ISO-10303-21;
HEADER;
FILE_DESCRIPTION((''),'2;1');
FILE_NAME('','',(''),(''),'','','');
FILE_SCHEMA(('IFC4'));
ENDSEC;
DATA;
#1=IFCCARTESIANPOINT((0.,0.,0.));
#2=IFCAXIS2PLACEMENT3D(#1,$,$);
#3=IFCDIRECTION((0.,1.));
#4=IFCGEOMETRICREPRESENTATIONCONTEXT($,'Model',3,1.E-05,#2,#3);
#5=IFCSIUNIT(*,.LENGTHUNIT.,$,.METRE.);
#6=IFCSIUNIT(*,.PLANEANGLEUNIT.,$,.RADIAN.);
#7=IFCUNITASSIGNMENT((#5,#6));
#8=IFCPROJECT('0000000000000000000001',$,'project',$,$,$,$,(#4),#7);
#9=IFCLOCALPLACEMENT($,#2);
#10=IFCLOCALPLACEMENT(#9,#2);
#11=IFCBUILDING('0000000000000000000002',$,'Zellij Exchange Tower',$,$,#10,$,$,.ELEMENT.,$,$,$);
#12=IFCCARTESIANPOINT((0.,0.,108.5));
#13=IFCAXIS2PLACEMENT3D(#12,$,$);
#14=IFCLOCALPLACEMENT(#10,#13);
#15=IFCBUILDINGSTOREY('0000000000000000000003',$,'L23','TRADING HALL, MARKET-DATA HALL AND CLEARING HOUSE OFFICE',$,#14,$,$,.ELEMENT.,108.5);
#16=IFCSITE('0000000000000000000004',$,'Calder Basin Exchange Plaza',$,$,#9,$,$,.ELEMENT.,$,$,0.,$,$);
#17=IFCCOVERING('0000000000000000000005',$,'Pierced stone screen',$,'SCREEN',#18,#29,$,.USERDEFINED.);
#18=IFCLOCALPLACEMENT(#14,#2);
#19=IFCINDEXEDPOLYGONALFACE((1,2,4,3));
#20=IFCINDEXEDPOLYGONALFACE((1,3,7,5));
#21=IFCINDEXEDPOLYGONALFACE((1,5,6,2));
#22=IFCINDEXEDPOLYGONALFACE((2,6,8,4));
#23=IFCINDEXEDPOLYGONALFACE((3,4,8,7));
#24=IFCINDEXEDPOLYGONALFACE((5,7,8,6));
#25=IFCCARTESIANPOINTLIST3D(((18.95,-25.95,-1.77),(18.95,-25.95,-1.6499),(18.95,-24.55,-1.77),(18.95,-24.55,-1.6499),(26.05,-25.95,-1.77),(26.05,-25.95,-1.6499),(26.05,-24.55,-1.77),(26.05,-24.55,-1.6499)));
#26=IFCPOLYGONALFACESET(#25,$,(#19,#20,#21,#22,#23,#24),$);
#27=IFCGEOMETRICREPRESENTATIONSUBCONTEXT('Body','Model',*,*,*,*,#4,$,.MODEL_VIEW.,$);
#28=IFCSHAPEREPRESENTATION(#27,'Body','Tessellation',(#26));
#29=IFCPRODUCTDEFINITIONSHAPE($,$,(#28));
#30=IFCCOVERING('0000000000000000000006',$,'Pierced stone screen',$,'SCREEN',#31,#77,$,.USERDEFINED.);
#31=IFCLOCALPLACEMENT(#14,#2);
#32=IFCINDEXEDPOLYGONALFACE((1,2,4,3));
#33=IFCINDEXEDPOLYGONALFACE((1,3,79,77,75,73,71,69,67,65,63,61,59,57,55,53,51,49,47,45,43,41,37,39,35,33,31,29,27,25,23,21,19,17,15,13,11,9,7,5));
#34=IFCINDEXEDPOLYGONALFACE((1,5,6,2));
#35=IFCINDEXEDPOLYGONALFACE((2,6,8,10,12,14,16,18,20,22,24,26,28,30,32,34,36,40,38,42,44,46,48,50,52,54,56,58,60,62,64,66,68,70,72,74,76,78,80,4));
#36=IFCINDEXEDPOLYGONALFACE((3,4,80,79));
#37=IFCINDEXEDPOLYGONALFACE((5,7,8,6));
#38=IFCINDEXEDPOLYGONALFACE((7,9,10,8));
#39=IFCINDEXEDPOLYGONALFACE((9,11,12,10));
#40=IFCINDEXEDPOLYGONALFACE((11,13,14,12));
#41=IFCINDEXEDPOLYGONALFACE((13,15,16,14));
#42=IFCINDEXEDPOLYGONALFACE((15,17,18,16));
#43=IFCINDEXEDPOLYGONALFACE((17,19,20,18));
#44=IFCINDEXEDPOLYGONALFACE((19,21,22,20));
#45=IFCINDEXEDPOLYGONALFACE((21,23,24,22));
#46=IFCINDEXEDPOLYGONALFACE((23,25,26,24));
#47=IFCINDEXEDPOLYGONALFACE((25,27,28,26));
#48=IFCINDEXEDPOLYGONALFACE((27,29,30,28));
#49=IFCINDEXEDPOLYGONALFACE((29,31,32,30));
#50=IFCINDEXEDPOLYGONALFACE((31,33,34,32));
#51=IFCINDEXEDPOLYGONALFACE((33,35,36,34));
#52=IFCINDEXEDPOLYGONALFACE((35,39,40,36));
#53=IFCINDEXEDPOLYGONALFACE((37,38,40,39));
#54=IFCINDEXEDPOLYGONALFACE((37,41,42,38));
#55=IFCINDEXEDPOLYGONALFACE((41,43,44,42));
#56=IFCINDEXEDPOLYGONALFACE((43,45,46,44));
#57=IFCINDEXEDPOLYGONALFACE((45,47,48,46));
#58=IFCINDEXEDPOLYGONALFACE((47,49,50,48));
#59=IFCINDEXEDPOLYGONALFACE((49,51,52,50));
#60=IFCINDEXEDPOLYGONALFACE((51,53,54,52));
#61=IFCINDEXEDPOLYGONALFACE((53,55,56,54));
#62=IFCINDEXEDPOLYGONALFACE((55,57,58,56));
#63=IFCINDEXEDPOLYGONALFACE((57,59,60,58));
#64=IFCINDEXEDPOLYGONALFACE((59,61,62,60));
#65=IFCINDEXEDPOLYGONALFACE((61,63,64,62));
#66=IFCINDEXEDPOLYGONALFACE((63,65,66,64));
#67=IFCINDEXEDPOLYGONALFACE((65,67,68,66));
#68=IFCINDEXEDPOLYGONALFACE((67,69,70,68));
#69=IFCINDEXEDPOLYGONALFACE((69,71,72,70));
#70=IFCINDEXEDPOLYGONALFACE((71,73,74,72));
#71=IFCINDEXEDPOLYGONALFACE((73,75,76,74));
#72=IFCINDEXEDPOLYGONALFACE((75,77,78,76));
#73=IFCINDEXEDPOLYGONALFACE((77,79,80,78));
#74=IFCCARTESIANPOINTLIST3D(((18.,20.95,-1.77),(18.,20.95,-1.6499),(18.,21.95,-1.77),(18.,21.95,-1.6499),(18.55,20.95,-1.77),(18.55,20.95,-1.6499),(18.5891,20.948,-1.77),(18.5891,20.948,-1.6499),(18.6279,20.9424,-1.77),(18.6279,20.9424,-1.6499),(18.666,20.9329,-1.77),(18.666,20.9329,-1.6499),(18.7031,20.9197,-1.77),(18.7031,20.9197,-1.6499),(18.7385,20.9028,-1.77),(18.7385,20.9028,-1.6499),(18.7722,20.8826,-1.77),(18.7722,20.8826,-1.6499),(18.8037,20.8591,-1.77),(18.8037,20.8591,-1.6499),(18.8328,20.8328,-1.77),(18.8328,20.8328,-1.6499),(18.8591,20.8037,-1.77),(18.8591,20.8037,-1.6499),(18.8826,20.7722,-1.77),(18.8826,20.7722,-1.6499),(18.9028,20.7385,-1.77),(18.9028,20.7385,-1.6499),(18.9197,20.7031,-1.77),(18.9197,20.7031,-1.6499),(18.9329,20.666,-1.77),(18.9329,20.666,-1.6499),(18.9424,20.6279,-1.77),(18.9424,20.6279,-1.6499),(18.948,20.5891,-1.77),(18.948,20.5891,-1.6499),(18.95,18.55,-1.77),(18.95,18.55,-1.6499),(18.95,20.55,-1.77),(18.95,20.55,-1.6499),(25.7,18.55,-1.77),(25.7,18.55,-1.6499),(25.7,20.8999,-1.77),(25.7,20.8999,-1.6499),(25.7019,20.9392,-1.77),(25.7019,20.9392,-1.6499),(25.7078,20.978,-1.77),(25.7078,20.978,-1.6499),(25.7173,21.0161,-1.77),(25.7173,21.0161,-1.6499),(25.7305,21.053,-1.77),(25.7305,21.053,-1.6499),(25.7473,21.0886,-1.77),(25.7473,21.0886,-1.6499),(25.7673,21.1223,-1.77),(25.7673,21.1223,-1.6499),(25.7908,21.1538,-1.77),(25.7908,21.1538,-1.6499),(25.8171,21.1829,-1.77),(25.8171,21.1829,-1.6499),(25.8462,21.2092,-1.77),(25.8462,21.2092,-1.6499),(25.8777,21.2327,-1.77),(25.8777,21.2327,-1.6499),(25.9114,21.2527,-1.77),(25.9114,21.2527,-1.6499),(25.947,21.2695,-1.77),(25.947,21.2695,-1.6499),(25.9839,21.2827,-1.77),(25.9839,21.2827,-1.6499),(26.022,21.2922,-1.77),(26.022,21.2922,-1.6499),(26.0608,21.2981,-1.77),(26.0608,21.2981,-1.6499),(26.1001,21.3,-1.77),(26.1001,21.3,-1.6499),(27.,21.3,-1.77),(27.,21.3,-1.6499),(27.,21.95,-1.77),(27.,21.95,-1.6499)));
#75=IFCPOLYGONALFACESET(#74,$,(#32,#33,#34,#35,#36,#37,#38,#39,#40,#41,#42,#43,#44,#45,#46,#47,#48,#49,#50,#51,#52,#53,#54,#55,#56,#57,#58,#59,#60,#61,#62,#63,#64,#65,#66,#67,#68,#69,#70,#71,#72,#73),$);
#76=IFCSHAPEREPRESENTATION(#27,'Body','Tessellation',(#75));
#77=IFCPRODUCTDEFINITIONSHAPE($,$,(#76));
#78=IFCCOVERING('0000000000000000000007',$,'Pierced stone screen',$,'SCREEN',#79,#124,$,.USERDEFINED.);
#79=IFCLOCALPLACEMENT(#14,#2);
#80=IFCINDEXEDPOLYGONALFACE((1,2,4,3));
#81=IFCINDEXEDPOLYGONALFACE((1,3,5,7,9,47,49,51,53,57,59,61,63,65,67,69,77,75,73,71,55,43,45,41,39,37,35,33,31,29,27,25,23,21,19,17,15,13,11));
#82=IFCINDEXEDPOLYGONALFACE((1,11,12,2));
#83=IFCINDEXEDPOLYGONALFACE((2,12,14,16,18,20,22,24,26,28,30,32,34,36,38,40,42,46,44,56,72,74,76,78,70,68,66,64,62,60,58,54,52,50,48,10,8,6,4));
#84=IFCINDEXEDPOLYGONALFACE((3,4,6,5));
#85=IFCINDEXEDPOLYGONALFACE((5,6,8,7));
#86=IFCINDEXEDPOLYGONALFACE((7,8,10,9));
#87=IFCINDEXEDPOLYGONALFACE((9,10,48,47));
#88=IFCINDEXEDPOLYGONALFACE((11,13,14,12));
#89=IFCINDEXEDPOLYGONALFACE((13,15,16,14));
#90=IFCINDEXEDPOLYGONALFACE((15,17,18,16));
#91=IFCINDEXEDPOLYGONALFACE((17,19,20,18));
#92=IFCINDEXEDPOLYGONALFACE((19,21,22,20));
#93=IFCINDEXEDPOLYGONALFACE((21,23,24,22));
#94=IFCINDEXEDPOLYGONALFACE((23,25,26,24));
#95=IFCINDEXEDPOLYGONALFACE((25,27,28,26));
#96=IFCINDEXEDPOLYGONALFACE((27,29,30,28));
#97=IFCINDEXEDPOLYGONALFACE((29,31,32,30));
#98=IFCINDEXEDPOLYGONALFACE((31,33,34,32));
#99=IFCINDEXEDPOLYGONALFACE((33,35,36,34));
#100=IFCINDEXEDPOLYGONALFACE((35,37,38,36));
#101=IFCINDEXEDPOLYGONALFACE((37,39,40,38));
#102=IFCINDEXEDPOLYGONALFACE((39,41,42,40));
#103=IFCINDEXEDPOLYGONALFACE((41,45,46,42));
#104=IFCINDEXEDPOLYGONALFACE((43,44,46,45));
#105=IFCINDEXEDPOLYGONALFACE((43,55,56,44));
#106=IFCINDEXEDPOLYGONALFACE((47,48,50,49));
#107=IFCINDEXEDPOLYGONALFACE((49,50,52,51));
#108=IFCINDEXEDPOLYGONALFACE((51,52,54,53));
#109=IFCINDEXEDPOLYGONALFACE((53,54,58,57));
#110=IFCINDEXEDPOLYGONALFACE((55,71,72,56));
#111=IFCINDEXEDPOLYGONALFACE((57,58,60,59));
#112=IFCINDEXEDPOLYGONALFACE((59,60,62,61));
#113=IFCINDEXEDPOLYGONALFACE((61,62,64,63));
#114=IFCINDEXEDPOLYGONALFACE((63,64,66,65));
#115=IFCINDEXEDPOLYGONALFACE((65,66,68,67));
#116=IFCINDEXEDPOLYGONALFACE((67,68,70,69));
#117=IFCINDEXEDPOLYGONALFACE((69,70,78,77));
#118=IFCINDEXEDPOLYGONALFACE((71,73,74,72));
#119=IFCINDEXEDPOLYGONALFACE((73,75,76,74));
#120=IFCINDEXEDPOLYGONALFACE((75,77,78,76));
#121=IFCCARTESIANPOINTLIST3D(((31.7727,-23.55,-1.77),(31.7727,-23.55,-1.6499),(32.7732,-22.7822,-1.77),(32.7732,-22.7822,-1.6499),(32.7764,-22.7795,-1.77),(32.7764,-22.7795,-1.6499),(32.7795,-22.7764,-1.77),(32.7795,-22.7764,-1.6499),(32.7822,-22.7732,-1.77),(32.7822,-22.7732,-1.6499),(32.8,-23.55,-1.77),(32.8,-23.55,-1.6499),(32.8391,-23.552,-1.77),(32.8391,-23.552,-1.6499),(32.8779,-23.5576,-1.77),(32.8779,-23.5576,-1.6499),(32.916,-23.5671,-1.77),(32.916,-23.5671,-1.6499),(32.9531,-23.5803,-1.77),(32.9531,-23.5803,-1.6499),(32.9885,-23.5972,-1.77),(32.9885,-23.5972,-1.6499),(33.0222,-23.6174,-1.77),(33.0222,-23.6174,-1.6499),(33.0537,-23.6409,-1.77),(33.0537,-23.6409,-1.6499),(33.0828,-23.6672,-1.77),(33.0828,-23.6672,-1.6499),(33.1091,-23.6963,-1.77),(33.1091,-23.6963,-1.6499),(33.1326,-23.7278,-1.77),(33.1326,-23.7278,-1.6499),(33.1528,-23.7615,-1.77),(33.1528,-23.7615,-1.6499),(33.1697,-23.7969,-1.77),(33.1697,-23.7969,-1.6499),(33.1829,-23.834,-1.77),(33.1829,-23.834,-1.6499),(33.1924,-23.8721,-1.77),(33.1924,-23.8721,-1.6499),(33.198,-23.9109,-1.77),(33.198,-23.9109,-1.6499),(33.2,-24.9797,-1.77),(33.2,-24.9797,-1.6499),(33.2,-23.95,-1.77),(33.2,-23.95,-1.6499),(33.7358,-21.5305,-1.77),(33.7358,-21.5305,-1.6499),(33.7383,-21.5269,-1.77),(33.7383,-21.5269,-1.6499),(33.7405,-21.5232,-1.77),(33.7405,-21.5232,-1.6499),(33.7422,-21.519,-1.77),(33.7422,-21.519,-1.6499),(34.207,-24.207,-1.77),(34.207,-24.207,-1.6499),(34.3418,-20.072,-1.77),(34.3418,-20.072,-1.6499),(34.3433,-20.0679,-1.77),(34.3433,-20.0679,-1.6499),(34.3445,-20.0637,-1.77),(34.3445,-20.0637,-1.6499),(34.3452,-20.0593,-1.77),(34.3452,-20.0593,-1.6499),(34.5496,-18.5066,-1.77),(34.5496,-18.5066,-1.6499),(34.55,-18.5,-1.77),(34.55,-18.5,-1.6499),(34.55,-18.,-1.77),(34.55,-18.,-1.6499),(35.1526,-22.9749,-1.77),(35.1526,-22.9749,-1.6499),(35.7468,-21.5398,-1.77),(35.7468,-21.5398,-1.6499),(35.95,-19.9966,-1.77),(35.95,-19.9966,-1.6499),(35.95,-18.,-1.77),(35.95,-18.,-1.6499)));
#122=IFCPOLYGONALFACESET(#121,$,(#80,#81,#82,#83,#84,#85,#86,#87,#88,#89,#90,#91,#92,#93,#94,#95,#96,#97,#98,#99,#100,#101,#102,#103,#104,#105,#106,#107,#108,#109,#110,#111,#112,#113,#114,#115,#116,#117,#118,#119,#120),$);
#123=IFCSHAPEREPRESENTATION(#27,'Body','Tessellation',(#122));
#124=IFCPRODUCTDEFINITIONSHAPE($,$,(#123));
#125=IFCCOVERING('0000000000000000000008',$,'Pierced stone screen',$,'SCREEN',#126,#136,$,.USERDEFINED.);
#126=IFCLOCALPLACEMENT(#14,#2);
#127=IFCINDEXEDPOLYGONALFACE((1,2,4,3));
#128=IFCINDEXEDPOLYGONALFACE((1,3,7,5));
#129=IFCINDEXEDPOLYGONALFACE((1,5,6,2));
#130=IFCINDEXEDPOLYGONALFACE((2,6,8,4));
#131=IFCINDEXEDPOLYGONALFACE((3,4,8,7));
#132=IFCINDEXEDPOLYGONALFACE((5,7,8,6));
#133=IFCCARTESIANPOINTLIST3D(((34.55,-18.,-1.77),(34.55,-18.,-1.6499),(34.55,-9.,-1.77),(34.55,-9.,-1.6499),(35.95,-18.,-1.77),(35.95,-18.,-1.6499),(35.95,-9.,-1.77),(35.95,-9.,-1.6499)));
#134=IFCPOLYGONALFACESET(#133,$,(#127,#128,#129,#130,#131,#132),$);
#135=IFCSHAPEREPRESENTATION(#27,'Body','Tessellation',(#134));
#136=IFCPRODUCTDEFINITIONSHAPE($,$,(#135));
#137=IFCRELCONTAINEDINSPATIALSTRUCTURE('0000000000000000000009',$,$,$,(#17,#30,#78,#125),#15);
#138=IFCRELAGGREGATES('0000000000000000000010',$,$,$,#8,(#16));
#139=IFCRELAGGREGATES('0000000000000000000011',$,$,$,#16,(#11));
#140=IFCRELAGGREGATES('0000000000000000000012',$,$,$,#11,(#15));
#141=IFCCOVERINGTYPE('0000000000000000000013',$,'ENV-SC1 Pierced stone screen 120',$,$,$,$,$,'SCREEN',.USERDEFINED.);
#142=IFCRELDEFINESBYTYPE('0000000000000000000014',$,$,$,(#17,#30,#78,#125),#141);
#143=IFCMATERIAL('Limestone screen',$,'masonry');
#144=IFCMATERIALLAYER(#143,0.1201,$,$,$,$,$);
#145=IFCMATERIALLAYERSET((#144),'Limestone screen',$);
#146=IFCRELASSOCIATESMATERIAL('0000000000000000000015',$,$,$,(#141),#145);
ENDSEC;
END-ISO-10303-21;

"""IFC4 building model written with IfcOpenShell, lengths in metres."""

from ifc_helpers import new_model, si_unit, direction, frame, origin, place, context, subcontext, project, spatial, polyline, outline, extrude, material, layer, layer_set, type_object, element, save


model = new_model("IFC4")

# Units and contexts
model_context = context("Model", 3, precision=1e-05, world=origin(), true_north=direction((0.0, 1.0)))
body_context = subcontext(model_context, "Body", "Model", "MODEL_VIEW")
ifc_project = project(units=[si_unit("LENGTHUNIT", "METRE"), si_unit("PLANEANGLEUNIT", "RADIAN")], contexts=[model_context])

# Site, building, storey
site_placement = place(None, origin())
site = spatial("IfcSite", under=ifc_project, at=site_placement, Name="Calder Basin Exchange Plaza", CompositionType="ELEMENT", RefElevation=0.0)
building_placement = place(site_placement, origin())
building = spatial("IfcBuilding", under=site, at=building_placement, Name="Zellij Exchange Tower", CompositionType="ELEMENT")
storey_placement = place(building_placement, frame((0.0, 0.0, 108.5)))
storey = spatial("IfcBuildingStorey", under=building, at=storey_placement, Name="L23", Description="TRADING HALL, MARKET-DATA HALL AND CLEARING HOUSE OFFICE", CompositionType="ELEMENT", Elevation=108.5)

# Coverings
ifc_material_1 = material(Name="Limestone screen", Category="masonry")
ifc_layer_1 = layer(ifc_material_1, 0.1201)
ifc_layer_set_1 = layer_set([ifc_layer_1], Name="Limestone screen")
covering_type_1 = type_object("IfcCoveringType", Name="ENV-SC1 Pierced stone screen 120", ElementType="SCREEN", PredefinedType="USERDEFINED", material=ifc_layer_set_1)
covering_1_placement = place(storey_placement, frame((0.0, 0.0, -1.77)))
element("IfcCovering", 1, at=covering_1_placement, inside=storey, type_object=covering_type_1, Name="Pierced stone screen", ObjectType="SCREEN", PredefinedType="USERDEFINED", context=body_context, shape_type="SweptSolid", body=[
    extrude(outline(polyline([(18.95, -24.55), (26.05, -24.55), (26.05, -25.95), (18.95, -25.95), (18.95, -24.55)])), origin(), (0.0, 0.0, 1.0), 0.1201),
])
covering_2_placement = place(storey_placement, frame((0.0, 0.0, -1.77)))
element("IfcCovering", 2, at=covering_2_placement, inside=storey, type_object=covering_type_1, Name="Pierced stone screen", ObjectType="SCREEN", PredefinedType="USERDEFINED", context=body_context, shape_type="SweptSolid", body=[
    extrude(outline(polyline([(26.1001, 21.3), (26.0608, 21.2981), (26.022, 21.2922), (25.9839, 21.2827), (25.947, 21.2695), (25.9114, 21.2527), (25.8777, 21.2327), (25.8462, 21.2092), (25.8171, 21.1829), (25.7908, 21.1538), (25.7673, 21.1223), (25.7473, 21.0886), (25.7305, 21.053), (25.7173, 21.0161), (25.7078, 20.978), (25.7019, 20.9392), (25.7, 20.8999), (25.7, 18.55), (18.95, 18.55), (18.95, 20.55), (18.948, 20.5891), (18.9424, 20.6279), (18.9329, 20.666), (18.9197, 20.7031), (18.9028, 20.7385), (18.8826, 20.7722), (18.8591, 20.8037), (18.8328, 20.8328), (18.8037, 20.8591), (18.7722, 20.8826), (18.7385, 20.9028), (18.7031, 20.9197), (18.666, 20.9329), (18.6279, 20.9424), (18.5891, 20.948), (18.55, 20.95), (18.0, 20.95), (18.0, 21.95), (27.0, 21.95), (27.0, 21.3), (26.1001, 21.3)])), origin(), (0.0, 0.0, 1.0), 0.1201),
])
covering_3_placement = place(storey_placement, frame((0.0, 0.0, -1.77)))
element("IfcCovering", 3, at=covering_3_placement, inside=storey, type_object=covering_type_1, Name="Pierced stone screen", ObjectType="SCREEN", PredefinedType="USERDEFINED", context=body_context, shape_type="SweptSolid", body=[
    extrude(outline(polyline([(34.207, -24.207), (33.2, -24.9797), (33.2, -23.95), (33.198, -23.9109), (33.1924, -23.8721), (33.1829, -23.834), (33.1697, -23.7969), (33.1528, -23.7615), (33.1326, -23.7278), (33.1091, -23.6963), (33.0828, -23.6672), (33.0537, -23.6409), (33.0222, -23.6174), (32.9885, -23.5972), (32.9531, -23.5803), (32.916, -23.5671), (32.8779, -23.5576), (32.8391, -23.552), (32.8, -23.55), (31.7727, -23.55), (32.7732, -22.7822), (32.7764, -22.7795), (32.7795, -22.7764), (32.7822, -22.7732), (33.7358, -21.5305), (33.7383, -21.5269), (33.7405, -21.5232), (33.7422, -21.519), (34.3418, -20.072), (34.3433, -20.0679), (34.3445, -20.0637), (34.3452, -20.0593), (34.5496, -18.5066), (34.55, -18.5), (34.55, -18.0), (35.95, -18.0), (35.95, -19.9966), (35.7468, -21.5398), (35.1526, -22.9749), (34.207, -24.207)])), origin(), (0.0, 0.0, 1.0), 0.1201),
])
covering_4_placement = place(storey_placement, frame((0.0, 0.0, -1.77)))
element("IfcCovering", 4, at=covering_4_placement, inside=storey, type_object=covering_type_1, Name="Pierced stone screen", ObjectType="SCREEN", PredefinedType="USERDEFINED", context=body_context, shape_type="SweptSolid", body=[
    extrude(outline(polyline([(34.55, -9.0), (35.95, -9.0), (35.95, -18.0), (34.55, -18.0), (34.55, -9.0)])), origin(), (0.0, 0.0, 1.0), 0.1201),
])

save(model, "model.ifc")
